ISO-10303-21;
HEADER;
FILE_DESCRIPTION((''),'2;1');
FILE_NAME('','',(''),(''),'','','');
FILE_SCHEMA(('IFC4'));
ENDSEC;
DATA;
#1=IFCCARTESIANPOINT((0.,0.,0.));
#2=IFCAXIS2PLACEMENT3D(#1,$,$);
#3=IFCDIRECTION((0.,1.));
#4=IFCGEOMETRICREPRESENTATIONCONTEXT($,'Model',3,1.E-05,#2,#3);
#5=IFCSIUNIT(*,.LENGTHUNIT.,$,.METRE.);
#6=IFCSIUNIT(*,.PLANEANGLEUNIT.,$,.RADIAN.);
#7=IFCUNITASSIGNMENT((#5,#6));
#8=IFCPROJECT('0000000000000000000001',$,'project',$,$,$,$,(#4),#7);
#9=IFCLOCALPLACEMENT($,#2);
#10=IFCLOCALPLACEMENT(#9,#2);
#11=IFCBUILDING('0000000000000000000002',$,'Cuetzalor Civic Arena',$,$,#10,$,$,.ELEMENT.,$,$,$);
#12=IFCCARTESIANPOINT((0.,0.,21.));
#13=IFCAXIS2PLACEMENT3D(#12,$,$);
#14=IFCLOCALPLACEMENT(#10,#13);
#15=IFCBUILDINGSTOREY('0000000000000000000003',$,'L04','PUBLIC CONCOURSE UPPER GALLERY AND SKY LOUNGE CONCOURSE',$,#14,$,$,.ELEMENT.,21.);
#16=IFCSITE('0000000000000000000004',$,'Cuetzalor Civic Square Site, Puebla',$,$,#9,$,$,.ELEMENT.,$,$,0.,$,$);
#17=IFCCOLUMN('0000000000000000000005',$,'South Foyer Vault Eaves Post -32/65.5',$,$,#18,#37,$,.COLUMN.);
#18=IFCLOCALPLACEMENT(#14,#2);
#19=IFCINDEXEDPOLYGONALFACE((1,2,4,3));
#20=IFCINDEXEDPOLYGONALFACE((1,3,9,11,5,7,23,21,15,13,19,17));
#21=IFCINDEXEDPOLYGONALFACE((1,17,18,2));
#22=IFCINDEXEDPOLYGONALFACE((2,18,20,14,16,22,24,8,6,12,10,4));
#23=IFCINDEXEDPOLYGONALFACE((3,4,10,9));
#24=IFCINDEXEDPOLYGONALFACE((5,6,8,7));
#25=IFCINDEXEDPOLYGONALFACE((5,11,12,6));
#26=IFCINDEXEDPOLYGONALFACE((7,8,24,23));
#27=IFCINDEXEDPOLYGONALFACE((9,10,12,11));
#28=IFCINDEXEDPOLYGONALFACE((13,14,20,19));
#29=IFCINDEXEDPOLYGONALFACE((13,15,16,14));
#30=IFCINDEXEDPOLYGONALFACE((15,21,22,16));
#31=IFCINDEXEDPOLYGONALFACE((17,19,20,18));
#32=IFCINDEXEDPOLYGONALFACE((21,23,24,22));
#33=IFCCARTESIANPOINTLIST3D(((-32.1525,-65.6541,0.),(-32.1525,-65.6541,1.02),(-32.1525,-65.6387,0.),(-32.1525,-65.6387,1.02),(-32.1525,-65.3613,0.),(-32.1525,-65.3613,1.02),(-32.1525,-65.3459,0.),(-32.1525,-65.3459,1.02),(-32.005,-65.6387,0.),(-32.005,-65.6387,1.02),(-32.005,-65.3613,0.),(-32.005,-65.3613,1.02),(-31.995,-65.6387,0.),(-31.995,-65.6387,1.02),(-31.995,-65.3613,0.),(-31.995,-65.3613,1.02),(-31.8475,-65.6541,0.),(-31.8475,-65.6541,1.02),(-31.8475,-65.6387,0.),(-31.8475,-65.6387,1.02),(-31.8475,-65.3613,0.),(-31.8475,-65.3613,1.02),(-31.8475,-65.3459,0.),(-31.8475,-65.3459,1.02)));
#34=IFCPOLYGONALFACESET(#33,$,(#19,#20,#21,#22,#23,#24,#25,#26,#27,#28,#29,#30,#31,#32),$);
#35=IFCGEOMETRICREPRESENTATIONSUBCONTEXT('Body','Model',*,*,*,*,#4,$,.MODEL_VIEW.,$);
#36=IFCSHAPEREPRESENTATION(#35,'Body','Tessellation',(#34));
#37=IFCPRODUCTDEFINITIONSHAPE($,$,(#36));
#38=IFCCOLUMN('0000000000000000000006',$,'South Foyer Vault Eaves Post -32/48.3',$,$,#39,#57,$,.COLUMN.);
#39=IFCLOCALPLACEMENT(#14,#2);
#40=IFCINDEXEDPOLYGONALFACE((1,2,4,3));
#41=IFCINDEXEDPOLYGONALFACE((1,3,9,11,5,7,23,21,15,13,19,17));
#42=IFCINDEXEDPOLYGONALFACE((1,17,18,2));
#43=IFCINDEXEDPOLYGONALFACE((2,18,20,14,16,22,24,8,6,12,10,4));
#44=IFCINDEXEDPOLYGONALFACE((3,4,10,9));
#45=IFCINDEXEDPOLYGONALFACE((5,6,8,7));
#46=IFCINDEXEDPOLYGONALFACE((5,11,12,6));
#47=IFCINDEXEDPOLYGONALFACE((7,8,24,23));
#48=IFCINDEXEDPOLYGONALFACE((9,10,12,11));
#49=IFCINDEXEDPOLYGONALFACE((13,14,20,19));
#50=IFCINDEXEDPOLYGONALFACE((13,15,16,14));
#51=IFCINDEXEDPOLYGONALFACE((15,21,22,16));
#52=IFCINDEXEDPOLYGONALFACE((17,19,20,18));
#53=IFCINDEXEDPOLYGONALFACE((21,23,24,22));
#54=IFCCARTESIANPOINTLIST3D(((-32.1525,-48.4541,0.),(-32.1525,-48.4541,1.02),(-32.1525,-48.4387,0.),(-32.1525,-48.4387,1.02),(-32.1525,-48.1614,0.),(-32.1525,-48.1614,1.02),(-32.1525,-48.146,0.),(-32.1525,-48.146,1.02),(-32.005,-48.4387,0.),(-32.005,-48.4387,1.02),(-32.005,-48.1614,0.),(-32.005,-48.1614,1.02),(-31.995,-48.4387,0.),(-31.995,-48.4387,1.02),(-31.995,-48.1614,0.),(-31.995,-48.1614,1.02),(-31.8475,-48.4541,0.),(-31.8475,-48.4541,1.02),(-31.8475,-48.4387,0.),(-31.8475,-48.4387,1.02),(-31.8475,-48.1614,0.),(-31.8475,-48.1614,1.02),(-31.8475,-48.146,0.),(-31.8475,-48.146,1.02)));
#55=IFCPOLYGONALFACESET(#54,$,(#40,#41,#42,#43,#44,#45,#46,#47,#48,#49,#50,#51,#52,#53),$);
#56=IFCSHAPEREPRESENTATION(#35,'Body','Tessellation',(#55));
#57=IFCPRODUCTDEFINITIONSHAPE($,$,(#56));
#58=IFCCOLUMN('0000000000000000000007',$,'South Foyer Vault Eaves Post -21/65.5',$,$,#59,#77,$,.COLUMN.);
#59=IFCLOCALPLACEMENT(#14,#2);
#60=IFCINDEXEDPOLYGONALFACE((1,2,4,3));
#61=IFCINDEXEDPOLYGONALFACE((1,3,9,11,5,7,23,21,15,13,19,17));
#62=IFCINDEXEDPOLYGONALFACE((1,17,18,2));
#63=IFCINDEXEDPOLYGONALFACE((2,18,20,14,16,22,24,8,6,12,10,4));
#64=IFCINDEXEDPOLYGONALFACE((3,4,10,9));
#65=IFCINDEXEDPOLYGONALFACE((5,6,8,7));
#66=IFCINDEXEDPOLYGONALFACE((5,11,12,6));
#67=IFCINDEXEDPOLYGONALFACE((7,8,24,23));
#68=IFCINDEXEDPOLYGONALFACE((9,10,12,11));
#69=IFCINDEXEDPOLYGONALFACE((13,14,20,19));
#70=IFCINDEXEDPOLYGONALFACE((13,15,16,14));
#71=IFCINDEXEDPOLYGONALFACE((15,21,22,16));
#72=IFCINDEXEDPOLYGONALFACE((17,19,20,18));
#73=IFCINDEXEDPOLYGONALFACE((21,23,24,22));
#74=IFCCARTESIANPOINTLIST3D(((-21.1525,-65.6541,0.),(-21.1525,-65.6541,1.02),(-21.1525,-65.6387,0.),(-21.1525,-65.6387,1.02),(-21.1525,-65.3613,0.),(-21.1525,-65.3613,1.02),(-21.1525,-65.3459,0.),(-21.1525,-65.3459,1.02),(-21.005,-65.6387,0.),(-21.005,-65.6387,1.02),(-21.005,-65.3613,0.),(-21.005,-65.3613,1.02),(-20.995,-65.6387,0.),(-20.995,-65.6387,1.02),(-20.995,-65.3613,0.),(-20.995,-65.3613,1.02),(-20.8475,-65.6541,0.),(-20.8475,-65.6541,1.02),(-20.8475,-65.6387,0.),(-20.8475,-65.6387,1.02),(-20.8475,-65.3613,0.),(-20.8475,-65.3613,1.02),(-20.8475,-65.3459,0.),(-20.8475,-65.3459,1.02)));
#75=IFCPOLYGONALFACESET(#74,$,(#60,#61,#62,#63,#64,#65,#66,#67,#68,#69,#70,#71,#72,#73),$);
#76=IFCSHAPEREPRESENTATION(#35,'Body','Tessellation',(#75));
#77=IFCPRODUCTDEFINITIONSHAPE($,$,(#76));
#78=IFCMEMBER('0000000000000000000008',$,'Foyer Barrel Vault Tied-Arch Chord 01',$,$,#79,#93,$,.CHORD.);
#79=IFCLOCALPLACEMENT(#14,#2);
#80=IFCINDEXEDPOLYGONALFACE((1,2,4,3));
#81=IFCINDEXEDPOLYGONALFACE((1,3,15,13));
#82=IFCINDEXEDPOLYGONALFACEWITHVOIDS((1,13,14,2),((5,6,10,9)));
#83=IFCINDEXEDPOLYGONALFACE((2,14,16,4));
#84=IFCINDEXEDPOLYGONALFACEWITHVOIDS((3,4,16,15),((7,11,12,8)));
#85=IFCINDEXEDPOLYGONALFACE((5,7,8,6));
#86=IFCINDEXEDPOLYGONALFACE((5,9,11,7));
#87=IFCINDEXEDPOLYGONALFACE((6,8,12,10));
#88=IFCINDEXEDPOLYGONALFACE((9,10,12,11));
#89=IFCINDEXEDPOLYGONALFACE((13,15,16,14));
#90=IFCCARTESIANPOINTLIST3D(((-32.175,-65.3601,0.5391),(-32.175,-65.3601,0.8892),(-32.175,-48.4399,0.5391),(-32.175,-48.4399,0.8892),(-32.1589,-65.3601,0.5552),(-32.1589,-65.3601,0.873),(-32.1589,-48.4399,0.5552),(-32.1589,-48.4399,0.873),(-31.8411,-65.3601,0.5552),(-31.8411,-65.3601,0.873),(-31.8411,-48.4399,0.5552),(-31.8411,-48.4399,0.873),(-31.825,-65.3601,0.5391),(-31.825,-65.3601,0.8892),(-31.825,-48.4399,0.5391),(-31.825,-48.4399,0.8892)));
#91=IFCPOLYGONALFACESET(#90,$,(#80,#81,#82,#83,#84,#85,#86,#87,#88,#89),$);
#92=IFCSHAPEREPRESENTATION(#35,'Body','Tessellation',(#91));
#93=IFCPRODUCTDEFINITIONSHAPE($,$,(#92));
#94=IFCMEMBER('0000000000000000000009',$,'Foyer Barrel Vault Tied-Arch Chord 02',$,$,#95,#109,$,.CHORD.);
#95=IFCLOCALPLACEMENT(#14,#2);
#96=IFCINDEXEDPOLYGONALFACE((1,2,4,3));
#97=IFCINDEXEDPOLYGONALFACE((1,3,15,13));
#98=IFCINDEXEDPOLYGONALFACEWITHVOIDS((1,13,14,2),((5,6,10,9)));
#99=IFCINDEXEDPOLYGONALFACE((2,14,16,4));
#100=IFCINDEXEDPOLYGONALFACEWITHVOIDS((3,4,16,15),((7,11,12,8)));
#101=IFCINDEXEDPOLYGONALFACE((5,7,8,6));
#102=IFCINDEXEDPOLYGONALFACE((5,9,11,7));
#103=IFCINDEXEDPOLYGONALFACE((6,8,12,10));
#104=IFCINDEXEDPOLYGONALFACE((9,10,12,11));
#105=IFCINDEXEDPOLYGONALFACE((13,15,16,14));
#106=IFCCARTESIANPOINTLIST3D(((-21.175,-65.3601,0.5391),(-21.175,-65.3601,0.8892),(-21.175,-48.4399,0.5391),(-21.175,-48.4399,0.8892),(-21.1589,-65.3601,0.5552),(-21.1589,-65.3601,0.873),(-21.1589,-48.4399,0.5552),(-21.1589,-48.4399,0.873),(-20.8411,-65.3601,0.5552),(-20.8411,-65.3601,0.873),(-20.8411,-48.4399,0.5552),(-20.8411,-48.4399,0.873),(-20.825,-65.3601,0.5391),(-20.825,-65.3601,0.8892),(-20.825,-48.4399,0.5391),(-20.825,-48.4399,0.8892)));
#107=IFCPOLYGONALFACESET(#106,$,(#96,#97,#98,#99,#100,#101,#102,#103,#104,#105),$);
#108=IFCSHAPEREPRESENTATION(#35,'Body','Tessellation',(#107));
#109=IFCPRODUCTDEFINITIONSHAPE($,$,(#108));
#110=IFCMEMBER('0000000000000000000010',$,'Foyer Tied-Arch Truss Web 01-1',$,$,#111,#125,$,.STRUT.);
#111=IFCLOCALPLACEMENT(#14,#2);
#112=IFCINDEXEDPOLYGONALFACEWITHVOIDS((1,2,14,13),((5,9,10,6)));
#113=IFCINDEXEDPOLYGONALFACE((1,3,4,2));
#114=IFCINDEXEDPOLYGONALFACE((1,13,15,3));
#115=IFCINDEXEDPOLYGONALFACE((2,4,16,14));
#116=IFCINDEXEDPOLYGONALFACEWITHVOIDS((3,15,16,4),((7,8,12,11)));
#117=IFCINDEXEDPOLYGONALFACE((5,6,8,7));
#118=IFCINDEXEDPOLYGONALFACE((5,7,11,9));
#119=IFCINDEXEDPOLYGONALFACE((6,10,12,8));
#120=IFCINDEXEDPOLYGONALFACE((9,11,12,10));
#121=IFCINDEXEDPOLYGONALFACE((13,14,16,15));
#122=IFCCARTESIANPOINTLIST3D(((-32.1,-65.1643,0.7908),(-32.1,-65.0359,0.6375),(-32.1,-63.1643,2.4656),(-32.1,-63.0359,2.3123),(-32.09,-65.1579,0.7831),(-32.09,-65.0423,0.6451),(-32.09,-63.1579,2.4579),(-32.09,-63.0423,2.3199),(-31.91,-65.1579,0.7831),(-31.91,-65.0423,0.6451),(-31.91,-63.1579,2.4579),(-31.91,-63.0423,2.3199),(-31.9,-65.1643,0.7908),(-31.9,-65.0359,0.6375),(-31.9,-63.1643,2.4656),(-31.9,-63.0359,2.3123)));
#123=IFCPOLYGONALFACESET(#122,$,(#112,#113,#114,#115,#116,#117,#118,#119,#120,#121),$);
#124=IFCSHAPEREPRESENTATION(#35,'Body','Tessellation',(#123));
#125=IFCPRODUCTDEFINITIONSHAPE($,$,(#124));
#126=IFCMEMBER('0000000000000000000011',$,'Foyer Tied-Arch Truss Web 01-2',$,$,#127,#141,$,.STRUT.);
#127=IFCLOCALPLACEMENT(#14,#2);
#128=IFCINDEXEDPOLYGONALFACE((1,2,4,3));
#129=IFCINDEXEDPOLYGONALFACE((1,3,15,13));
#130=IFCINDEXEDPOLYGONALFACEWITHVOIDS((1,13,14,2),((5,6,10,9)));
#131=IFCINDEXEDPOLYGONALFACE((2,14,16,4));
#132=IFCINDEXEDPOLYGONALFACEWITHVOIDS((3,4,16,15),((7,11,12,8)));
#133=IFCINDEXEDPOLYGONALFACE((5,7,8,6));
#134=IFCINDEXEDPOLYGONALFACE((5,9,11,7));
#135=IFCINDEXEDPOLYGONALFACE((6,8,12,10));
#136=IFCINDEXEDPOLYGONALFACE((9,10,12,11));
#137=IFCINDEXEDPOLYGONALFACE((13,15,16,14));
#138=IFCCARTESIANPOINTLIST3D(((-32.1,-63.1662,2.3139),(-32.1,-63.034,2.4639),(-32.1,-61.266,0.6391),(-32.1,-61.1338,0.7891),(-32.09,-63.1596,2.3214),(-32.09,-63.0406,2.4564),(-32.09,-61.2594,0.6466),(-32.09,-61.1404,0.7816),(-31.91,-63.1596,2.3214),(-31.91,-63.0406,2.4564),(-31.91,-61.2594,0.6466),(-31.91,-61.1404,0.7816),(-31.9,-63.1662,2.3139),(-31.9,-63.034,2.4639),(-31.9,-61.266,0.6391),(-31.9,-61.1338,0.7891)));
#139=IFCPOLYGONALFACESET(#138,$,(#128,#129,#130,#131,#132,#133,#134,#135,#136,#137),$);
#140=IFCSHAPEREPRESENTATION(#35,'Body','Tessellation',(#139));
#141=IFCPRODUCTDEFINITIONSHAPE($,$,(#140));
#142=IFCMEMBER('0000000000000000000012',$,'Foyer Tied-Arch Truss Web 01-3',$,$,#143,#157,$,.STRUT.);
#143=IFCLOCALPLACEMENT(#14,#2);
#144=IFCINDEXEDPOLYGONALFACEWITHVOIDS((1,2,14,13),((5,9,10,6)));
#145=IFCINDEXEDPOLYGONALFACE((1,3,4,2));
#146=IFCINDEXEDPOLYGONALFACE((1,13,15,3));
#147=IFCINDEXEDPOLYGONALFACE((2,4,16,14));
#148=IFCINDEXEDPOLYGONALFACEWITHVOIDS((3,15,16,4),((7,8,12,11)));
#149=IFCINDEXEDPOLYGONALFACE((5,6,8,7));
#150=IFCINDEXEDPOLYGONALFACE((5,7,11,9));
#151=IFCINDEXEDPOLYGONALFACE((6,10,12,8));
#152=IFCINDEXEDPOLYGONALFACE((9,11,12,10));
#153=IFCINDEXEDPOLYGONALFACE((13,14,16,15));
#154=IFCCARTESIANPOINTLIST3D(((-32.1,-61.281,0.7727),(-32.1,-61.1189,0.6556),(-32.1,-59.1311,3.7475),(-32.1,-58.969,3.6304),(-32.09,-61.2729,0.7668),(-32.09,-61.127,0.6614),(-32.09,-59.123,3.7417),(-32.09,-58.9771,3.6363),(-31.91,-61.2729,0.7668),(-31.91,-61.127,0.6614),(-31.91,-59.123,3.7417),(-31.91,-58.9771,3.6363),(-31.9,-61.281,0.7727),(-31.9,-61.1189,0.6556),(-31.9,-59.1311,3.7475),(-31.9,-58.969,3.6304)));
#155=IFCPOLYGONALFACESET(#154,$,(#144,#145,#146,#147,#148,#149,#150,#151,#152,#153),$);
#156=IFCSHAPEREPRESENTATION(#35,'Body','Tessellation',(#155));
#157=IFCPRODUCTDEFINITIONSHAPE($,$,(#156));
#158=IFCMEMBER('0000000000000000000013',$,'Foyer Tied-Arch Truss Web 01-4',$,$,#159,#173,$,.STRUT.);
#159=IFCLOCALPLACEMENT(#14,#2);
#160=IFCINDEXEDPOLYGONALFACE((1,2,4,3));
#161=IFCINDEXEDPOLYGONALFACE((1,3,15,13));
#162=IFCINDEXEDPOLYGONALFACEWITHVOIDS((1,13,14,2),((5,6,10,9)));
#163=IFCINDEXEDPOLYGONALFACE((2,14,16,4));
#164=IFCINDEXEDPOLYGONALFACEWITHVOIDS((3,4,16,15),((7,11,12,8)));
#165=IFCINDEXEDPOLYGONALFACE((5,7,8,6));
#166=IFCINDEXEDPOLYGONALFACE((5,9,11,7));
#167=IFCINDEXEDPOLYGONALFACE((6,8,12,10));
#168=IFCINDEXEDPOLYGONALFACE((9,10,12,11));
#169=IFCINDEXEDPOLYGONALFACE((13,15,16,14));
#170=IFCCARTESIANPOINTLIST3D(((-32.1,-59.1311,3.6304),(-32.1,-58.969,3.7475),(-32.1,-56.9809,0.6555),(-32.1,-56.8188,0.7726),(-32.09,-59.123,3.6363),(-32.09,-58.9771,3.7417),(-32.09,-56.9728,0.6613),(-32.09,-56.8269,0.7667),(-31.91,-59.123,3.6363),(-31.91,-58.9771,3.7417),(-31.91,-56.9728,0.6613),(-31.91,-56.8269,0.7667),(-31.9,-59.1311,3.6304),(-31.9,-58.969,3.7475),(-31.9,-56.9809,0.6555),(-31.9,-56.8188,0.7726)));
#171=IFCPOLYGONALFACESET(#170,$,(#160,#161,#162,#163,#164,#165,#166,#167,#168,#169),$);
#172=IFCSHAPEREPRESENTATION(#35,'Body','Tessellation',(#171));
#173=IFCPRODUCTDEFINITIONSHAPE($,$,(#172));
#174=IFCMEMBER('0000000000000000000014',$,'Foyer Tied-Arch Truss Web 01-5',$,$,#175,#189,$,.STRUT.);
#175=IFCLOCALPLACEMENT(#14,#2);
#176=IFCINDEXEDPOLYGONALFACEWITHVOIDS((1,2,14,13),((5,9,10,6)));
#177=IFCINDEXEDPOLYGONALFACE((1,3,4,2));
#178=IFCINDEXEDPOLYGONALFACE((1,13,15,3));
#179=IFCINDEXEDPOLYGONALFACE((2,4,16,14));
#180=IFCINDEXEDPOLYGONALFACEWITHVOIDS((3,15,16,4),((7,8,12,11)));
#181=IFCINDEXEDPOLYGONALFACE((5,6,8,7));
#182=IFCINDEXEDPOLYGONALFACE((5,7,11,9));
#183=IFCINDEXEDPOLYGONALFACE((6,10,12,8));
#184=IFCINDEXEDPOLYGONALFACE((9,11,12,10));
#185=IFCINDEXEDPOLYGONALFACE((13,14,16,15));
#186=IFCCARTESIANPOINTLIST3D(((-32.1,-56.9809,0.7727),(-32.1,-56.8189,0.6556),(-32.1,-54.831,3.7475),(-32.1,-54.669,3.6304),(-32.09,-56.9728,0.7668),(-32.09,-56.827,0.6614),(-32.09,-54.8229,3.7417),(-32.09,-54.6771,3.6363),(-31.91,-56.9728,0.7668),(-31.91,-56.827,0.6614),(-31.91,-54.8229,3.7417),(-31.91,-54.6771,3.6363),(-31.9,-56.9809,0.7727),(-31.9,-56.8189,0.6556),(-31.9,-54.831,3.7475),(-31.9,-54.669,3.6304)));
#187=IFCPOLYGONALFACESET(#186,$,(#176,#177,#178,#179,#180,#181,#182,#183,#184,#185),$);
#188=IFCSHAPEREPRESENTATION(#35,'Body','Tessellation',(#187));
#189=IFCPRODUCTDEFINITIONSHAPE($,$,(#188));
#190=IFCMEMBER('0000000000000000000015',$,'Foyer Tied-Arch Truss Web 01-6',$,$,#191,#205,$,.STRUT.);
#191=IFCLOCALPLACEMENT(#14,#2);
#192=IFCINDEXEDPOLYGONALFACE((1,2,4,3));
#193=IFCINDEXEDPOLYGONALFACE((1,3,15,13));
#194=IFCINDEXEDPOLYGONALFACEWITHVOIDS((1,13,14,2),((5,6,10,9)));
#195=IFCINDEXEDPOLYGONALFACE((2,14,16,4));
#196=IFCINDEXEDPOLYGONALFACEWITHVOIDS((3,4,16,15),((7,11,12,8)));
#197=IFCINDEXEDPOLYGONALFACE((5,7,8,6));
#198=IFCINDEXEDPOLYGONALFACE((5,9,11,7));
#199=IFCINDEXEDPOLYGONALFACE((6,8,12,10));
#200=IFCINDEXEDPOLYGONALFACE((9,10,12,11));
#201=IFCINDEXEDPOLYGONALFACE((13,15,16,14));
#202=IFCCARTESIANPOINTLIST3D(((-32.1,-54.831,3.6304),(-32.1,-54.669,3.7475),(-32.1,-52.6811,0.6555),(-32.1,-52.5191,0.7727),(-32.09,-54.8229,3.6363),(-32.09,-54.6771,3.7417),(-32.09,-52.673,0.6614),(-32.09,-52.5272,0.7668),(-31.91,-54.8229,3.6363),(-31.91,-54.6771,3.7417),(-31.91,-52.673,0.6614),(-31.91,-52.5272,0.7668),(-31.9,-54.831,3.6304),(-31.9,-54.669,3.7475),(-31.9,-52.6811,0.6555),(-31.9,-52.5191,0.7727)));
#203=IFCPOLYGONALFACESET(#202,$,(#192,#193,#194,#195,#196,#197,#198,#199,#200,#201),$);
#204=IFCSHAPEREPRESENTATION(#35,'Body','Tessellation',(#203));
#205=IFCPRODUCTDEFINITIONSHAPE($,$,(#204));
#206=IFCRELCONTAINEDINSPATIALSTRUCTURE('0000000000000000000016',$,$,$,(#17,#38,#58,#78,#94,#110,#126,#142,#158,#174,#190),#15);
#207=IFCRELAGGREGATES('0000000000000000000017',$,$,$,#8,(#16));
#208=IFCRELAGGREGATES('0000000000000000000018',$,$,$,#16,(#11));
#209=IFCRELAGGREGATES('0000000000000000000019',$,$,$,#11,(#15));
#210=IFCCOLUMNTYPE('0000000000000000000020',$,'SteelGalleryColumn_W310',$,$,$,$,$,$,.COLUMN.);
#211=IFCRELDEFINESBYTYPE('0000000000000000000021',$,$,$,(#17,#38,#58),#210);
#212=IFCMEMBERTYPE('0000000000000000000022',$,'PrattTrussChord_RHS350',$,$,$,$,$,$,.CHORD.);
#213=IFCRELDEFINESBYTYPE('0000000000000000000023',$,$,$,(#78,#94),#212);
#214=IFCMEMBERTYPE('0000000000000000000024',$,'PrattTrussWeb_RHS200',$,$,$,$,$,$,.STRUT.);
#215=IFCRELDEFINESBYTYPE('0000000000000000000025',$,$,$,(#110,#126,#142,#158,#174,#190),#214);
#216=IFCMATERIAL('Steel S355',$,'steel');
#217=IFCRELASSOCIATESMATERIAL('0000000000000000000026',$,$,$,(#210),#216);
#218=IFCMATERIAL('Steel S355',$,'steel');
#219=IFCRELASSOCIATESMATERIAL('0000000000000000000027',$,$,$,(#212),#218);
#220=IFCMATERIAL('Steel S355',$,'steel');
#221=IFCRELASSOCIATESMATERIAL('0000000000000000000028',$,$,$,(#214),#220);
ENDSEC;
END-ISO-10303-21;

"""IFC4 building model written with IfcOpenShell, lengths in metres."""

from ifc_helpers import new_model, si_unit, direction, frame, origin, origin_2d, place, context, subcontext, project, spatial, hollow_rectangle, i_section, extrude, material, material_profile, profile_set, type_object, element, save


model = new_model("IFC4")

# Units and contexts
model_context = context("Model", 3, precision=1e-05, world=origin(), true_north=direction((0.0, 1.0)))
body_context = subcontext(model_context, "Body", "Model", "MODEL_VIEW")
ifc_project = project(units=[si_unit("LENGTHUNIT", "METRE"), si_unit("PLANEANGLEUNIT", "RADIAN")], contexts=[model_context])

# Site, building, storey
site_placement = place(None, origin())
site = spatial("IfcSite", under=ifc_project, at=site_placement, Name="Cuetzalor Civic Square Site, Puebla", CompositionType="ELEMENT", RefElevation=0.0)
building_placement = place(site_placement, origin())
building = spatial("IfcBuilding", under=site, at=building_placement, Name="Cuetzalor Civic Arena", CompositionType="ELEMENT")
storey_placement = place(building_placement, frame((0.0, 0.0, 21.0)))
storey = spatial("IfcBuildingStorey", under=building, at=storey_placement, Name="L04", Description="PUBLIC CONCOURSE UPPER GALLERY AND SKY LOUNGE CONCOURSE", CompositionType="ELEMENT", Elevation=21.0)

# Columns
ifc_material_1 = material(Name="Steel S355", Category="steel")
ifc_material_profile_1 = material_profile(ifc_material_1, i_section(OverallWidth=0.3049, OverallDepth=0.3081, WebThickness=0.01, FlangeThickness=0.0154, at=origin_2d()), Name="W310x97")
ifc_profile_set_1 = profile_set([ifc_material_profile_1], Name="Steel S355")
column_type = type_object("IfcColumnType", Name="SteelGalleryColumn_W310", PredefinedType="COLUMN", material=ifc_profile_set_1)
for number, where, z_axis, x_axis, name in (
    (1, (-32.0, -65.5, 0.0), (0.0, 0.0, 1.0), (1.0, 0.0, 0.0), "South Foyer Vault Eaves Post -32/65.5"),
    (2, (-32.0, -48.3, 0.0), (0.0, 0.0, 1.0), (1.0, 0.0, 0.0), "South Foyer Vault Eaves Post -32/48.3"),
    (3, (-21.0, -65.5, 0.0), (0.0, 0.0, 1.0), (1.0, 0.0, 0.0), "South Foyer Vault Eaves Post -21/65.5"),
):
    element("IfcColumn", number, at=place(storey_placement, frame(where, z_axis=z_axis, x_axis=x_axis)), inside=storey, type_object=column_type, Name=name, PredefinedType="COLUMN", context=body_context, shape_type="SweptSolid", body=[
        extrude(i_section(OverallWidth=0.3049, OverallDepth=0.3081, WebThickness=0.01, FlangeThickness=0.0154, at=origin_2d()), origin(), (0.0, 0.0, 1.0), 1.02),
    ])

# Members
ifc_material_2 = material(Name="Steel S355", Category="steel")
ifc_material_profile_2 = material_profile(ifc_material_2, hollow_rectangle(XDim=0.3501, YDim=0.3501, WallThickness=0.0161, at=origin_2d()), Name="RHS 350x350x16")
ifc_profile_set_2 = profile_set([ifc_material_profile_2], Name="Steel S355")
member_type_1 = type_object("IfcMemberType", Name="PrattTrussChord_RHS350", PredefinedType="CHORD", material=ifc_profile_set_2)
for number, where, z_axis, x_axis, name in (
    (4, (-32.0, -65.3601, 0.7141), (0.0, 1.0, 0.0), (-1.0, 0.0, 0.0), "Foyer Barrel Vault Tied-Arch Chord 01"),
    (5, (-21.0, -65.3601, 0.7141), (0.0, 1.0, 0.0), (-1.0, 0.0, 0.0), "Foyer Barrel Vault Tied-Arch Chord 02"),
):
    element("IfcMember", number, at=place(storey_placement, frame(where, z_axis=z_axis, x_axis=x_axis)), inside=storey, type_object=member_type_1, Name=name, PredefinedType="CHORD", context=body_context, shape_type="SweptSolid", body=[
        extrude(hollow_rectangle(XDim=0.3501, YDim=0.3501, WallThickness=0.0161, at=origin_2d()), origin(), (0.0, 0.0, 1.0), 16.9202),
    ])
ifc_material_3 = material(Name="Steel S355", Category="steel")
ifc_material_profile_3 = material_profile(ifc_material_3, hollow_rectangle(XDim=0.2, YDim=0.2, WallThickness=0.01, at=origin_2d()), Name="RHS 200x200x10")
ifc_profile_set_3 = profile_set([ifc_material_profile_3], Name="Steel S355")
member_type_2 = type_object("IfcMemberType", Name="PrattTrussWeb_RHS200", PredefinedType="STRUT", material=ifc_profile_set_3)
member_1_placement = place(storey_placement, frame((-32.0, -65.1001, 0.7141), z_axis=(0.0, 0.766685, 0.642024), x_axis=(-1.0, 0.0, 0.0)))
element("IfcMember", 6, at=member_1_placement, inside=storey, type_object=member_type_2, Name="Foyer Tied-Arch Truss Web 01-1", PredefinedType="STRUT", context=body_context, shape_type="SweptSolid", body=[
    extrude(hollow_rectangle(XDim=0.2, YDim=0.2, WallThickness=0.01, at=origin_2d()), origin(), (0.0, 0.0, 1.0), 2.6086),
])
member_2_placement = place(storey_placement, frame((-32.0, -63.1001, 2.3889), z_axis=(0.0, 0.750189, -0.661223), x_axis=(-1.0, 0.0, 0.0)))
element("IfcMember", 7, at=member_2_placement, inside=storey, type_object=member_type_2, Name="Foyer Tied-Arch Truss Web 01-2", PredefinedType="STRUT", context=body_context, shape_type="SweptSolid", body=[
    extrude(hollow_rectangle(XDim=0.2, YDim=0.2, WallThickness=0.01, at=origin_2d()), origin(), (0.0, 0.0, 1.0), 2.533),
])
member_3_placement = place(storey_placement, frame((-32.0, -61.2, 0.7141), z_axis=(0.0, 0.585741, 0.810499), x_axis=(-1.0, 0.0, 0.0)))
element("IfcMember", 8, at=member_3_placement, inside=storey, type_object=member_type_2, Name="Foyer Tied-Arch Truss Web 01-3", PredefinedType="STRUT", context=body_context, shape_type="SweptSolid", body=[
    extrude(hollow_rectangle(XDim=0.2, YDim=0.2, WallThickness=0.01, at=origin_2d()), origin(), (0.0, 0.0, 1.0), 3.6704),
])
member_4_placement = place(storey_placement, frame((-32.0, -59.05, 3.689), z_axis=(0.0, 0.585784, -0.810467), x_axis=(-1.0, 0.0, 0.0)))
element("IfcMember", 9, at=member_4_placement, inside=storey, type_object=member_type_2, Name="Foyer Tied-Arch Truss Web 01-4", PredefinedType="STRUT", context=body_context, shape_type="SweptSolid", body=[
    extrude(hollow_rectangle(XDim=0.2, YDim=0.2, WallThickness=0.01, at=origin_2d()), origin(), (0.0, 0.0, 1.0), 3.6707),
])
for number, where, z_axis, x_axis, name in (
    (10, (-32.0, -56.8999, 0.7141), (0.0, 0.585741, 0.810499), (-1.0, 0.0, 0.0), "Foyer Tied-Arch Truss Web 01-5"),
    (11, (-32.0, -54.75, 3.689), (0.0, 0.585741, -0.810499), (-1.0, 0.0, 0.0), "Foyer Tied-Arch Truss Web 01-6"),
):
    element("IfcMember", number, at=place(storey_placement, frame(where, z_axis=z_axis, x_axis=x_axis)), inside=storey, type_object=member_type_2, Name=name, PredefinedType="STRUT", context=body_context, shape_type="SweptSolid", body=[
        extrude(hollow_rectangle(XDim=0.2, YDim=0.2, WallThickness=0.01, at=origin_2d()), origin(), (0.0, 0.0, 1.0), 3.6704),
    ])

save(model, "model.ifc")
